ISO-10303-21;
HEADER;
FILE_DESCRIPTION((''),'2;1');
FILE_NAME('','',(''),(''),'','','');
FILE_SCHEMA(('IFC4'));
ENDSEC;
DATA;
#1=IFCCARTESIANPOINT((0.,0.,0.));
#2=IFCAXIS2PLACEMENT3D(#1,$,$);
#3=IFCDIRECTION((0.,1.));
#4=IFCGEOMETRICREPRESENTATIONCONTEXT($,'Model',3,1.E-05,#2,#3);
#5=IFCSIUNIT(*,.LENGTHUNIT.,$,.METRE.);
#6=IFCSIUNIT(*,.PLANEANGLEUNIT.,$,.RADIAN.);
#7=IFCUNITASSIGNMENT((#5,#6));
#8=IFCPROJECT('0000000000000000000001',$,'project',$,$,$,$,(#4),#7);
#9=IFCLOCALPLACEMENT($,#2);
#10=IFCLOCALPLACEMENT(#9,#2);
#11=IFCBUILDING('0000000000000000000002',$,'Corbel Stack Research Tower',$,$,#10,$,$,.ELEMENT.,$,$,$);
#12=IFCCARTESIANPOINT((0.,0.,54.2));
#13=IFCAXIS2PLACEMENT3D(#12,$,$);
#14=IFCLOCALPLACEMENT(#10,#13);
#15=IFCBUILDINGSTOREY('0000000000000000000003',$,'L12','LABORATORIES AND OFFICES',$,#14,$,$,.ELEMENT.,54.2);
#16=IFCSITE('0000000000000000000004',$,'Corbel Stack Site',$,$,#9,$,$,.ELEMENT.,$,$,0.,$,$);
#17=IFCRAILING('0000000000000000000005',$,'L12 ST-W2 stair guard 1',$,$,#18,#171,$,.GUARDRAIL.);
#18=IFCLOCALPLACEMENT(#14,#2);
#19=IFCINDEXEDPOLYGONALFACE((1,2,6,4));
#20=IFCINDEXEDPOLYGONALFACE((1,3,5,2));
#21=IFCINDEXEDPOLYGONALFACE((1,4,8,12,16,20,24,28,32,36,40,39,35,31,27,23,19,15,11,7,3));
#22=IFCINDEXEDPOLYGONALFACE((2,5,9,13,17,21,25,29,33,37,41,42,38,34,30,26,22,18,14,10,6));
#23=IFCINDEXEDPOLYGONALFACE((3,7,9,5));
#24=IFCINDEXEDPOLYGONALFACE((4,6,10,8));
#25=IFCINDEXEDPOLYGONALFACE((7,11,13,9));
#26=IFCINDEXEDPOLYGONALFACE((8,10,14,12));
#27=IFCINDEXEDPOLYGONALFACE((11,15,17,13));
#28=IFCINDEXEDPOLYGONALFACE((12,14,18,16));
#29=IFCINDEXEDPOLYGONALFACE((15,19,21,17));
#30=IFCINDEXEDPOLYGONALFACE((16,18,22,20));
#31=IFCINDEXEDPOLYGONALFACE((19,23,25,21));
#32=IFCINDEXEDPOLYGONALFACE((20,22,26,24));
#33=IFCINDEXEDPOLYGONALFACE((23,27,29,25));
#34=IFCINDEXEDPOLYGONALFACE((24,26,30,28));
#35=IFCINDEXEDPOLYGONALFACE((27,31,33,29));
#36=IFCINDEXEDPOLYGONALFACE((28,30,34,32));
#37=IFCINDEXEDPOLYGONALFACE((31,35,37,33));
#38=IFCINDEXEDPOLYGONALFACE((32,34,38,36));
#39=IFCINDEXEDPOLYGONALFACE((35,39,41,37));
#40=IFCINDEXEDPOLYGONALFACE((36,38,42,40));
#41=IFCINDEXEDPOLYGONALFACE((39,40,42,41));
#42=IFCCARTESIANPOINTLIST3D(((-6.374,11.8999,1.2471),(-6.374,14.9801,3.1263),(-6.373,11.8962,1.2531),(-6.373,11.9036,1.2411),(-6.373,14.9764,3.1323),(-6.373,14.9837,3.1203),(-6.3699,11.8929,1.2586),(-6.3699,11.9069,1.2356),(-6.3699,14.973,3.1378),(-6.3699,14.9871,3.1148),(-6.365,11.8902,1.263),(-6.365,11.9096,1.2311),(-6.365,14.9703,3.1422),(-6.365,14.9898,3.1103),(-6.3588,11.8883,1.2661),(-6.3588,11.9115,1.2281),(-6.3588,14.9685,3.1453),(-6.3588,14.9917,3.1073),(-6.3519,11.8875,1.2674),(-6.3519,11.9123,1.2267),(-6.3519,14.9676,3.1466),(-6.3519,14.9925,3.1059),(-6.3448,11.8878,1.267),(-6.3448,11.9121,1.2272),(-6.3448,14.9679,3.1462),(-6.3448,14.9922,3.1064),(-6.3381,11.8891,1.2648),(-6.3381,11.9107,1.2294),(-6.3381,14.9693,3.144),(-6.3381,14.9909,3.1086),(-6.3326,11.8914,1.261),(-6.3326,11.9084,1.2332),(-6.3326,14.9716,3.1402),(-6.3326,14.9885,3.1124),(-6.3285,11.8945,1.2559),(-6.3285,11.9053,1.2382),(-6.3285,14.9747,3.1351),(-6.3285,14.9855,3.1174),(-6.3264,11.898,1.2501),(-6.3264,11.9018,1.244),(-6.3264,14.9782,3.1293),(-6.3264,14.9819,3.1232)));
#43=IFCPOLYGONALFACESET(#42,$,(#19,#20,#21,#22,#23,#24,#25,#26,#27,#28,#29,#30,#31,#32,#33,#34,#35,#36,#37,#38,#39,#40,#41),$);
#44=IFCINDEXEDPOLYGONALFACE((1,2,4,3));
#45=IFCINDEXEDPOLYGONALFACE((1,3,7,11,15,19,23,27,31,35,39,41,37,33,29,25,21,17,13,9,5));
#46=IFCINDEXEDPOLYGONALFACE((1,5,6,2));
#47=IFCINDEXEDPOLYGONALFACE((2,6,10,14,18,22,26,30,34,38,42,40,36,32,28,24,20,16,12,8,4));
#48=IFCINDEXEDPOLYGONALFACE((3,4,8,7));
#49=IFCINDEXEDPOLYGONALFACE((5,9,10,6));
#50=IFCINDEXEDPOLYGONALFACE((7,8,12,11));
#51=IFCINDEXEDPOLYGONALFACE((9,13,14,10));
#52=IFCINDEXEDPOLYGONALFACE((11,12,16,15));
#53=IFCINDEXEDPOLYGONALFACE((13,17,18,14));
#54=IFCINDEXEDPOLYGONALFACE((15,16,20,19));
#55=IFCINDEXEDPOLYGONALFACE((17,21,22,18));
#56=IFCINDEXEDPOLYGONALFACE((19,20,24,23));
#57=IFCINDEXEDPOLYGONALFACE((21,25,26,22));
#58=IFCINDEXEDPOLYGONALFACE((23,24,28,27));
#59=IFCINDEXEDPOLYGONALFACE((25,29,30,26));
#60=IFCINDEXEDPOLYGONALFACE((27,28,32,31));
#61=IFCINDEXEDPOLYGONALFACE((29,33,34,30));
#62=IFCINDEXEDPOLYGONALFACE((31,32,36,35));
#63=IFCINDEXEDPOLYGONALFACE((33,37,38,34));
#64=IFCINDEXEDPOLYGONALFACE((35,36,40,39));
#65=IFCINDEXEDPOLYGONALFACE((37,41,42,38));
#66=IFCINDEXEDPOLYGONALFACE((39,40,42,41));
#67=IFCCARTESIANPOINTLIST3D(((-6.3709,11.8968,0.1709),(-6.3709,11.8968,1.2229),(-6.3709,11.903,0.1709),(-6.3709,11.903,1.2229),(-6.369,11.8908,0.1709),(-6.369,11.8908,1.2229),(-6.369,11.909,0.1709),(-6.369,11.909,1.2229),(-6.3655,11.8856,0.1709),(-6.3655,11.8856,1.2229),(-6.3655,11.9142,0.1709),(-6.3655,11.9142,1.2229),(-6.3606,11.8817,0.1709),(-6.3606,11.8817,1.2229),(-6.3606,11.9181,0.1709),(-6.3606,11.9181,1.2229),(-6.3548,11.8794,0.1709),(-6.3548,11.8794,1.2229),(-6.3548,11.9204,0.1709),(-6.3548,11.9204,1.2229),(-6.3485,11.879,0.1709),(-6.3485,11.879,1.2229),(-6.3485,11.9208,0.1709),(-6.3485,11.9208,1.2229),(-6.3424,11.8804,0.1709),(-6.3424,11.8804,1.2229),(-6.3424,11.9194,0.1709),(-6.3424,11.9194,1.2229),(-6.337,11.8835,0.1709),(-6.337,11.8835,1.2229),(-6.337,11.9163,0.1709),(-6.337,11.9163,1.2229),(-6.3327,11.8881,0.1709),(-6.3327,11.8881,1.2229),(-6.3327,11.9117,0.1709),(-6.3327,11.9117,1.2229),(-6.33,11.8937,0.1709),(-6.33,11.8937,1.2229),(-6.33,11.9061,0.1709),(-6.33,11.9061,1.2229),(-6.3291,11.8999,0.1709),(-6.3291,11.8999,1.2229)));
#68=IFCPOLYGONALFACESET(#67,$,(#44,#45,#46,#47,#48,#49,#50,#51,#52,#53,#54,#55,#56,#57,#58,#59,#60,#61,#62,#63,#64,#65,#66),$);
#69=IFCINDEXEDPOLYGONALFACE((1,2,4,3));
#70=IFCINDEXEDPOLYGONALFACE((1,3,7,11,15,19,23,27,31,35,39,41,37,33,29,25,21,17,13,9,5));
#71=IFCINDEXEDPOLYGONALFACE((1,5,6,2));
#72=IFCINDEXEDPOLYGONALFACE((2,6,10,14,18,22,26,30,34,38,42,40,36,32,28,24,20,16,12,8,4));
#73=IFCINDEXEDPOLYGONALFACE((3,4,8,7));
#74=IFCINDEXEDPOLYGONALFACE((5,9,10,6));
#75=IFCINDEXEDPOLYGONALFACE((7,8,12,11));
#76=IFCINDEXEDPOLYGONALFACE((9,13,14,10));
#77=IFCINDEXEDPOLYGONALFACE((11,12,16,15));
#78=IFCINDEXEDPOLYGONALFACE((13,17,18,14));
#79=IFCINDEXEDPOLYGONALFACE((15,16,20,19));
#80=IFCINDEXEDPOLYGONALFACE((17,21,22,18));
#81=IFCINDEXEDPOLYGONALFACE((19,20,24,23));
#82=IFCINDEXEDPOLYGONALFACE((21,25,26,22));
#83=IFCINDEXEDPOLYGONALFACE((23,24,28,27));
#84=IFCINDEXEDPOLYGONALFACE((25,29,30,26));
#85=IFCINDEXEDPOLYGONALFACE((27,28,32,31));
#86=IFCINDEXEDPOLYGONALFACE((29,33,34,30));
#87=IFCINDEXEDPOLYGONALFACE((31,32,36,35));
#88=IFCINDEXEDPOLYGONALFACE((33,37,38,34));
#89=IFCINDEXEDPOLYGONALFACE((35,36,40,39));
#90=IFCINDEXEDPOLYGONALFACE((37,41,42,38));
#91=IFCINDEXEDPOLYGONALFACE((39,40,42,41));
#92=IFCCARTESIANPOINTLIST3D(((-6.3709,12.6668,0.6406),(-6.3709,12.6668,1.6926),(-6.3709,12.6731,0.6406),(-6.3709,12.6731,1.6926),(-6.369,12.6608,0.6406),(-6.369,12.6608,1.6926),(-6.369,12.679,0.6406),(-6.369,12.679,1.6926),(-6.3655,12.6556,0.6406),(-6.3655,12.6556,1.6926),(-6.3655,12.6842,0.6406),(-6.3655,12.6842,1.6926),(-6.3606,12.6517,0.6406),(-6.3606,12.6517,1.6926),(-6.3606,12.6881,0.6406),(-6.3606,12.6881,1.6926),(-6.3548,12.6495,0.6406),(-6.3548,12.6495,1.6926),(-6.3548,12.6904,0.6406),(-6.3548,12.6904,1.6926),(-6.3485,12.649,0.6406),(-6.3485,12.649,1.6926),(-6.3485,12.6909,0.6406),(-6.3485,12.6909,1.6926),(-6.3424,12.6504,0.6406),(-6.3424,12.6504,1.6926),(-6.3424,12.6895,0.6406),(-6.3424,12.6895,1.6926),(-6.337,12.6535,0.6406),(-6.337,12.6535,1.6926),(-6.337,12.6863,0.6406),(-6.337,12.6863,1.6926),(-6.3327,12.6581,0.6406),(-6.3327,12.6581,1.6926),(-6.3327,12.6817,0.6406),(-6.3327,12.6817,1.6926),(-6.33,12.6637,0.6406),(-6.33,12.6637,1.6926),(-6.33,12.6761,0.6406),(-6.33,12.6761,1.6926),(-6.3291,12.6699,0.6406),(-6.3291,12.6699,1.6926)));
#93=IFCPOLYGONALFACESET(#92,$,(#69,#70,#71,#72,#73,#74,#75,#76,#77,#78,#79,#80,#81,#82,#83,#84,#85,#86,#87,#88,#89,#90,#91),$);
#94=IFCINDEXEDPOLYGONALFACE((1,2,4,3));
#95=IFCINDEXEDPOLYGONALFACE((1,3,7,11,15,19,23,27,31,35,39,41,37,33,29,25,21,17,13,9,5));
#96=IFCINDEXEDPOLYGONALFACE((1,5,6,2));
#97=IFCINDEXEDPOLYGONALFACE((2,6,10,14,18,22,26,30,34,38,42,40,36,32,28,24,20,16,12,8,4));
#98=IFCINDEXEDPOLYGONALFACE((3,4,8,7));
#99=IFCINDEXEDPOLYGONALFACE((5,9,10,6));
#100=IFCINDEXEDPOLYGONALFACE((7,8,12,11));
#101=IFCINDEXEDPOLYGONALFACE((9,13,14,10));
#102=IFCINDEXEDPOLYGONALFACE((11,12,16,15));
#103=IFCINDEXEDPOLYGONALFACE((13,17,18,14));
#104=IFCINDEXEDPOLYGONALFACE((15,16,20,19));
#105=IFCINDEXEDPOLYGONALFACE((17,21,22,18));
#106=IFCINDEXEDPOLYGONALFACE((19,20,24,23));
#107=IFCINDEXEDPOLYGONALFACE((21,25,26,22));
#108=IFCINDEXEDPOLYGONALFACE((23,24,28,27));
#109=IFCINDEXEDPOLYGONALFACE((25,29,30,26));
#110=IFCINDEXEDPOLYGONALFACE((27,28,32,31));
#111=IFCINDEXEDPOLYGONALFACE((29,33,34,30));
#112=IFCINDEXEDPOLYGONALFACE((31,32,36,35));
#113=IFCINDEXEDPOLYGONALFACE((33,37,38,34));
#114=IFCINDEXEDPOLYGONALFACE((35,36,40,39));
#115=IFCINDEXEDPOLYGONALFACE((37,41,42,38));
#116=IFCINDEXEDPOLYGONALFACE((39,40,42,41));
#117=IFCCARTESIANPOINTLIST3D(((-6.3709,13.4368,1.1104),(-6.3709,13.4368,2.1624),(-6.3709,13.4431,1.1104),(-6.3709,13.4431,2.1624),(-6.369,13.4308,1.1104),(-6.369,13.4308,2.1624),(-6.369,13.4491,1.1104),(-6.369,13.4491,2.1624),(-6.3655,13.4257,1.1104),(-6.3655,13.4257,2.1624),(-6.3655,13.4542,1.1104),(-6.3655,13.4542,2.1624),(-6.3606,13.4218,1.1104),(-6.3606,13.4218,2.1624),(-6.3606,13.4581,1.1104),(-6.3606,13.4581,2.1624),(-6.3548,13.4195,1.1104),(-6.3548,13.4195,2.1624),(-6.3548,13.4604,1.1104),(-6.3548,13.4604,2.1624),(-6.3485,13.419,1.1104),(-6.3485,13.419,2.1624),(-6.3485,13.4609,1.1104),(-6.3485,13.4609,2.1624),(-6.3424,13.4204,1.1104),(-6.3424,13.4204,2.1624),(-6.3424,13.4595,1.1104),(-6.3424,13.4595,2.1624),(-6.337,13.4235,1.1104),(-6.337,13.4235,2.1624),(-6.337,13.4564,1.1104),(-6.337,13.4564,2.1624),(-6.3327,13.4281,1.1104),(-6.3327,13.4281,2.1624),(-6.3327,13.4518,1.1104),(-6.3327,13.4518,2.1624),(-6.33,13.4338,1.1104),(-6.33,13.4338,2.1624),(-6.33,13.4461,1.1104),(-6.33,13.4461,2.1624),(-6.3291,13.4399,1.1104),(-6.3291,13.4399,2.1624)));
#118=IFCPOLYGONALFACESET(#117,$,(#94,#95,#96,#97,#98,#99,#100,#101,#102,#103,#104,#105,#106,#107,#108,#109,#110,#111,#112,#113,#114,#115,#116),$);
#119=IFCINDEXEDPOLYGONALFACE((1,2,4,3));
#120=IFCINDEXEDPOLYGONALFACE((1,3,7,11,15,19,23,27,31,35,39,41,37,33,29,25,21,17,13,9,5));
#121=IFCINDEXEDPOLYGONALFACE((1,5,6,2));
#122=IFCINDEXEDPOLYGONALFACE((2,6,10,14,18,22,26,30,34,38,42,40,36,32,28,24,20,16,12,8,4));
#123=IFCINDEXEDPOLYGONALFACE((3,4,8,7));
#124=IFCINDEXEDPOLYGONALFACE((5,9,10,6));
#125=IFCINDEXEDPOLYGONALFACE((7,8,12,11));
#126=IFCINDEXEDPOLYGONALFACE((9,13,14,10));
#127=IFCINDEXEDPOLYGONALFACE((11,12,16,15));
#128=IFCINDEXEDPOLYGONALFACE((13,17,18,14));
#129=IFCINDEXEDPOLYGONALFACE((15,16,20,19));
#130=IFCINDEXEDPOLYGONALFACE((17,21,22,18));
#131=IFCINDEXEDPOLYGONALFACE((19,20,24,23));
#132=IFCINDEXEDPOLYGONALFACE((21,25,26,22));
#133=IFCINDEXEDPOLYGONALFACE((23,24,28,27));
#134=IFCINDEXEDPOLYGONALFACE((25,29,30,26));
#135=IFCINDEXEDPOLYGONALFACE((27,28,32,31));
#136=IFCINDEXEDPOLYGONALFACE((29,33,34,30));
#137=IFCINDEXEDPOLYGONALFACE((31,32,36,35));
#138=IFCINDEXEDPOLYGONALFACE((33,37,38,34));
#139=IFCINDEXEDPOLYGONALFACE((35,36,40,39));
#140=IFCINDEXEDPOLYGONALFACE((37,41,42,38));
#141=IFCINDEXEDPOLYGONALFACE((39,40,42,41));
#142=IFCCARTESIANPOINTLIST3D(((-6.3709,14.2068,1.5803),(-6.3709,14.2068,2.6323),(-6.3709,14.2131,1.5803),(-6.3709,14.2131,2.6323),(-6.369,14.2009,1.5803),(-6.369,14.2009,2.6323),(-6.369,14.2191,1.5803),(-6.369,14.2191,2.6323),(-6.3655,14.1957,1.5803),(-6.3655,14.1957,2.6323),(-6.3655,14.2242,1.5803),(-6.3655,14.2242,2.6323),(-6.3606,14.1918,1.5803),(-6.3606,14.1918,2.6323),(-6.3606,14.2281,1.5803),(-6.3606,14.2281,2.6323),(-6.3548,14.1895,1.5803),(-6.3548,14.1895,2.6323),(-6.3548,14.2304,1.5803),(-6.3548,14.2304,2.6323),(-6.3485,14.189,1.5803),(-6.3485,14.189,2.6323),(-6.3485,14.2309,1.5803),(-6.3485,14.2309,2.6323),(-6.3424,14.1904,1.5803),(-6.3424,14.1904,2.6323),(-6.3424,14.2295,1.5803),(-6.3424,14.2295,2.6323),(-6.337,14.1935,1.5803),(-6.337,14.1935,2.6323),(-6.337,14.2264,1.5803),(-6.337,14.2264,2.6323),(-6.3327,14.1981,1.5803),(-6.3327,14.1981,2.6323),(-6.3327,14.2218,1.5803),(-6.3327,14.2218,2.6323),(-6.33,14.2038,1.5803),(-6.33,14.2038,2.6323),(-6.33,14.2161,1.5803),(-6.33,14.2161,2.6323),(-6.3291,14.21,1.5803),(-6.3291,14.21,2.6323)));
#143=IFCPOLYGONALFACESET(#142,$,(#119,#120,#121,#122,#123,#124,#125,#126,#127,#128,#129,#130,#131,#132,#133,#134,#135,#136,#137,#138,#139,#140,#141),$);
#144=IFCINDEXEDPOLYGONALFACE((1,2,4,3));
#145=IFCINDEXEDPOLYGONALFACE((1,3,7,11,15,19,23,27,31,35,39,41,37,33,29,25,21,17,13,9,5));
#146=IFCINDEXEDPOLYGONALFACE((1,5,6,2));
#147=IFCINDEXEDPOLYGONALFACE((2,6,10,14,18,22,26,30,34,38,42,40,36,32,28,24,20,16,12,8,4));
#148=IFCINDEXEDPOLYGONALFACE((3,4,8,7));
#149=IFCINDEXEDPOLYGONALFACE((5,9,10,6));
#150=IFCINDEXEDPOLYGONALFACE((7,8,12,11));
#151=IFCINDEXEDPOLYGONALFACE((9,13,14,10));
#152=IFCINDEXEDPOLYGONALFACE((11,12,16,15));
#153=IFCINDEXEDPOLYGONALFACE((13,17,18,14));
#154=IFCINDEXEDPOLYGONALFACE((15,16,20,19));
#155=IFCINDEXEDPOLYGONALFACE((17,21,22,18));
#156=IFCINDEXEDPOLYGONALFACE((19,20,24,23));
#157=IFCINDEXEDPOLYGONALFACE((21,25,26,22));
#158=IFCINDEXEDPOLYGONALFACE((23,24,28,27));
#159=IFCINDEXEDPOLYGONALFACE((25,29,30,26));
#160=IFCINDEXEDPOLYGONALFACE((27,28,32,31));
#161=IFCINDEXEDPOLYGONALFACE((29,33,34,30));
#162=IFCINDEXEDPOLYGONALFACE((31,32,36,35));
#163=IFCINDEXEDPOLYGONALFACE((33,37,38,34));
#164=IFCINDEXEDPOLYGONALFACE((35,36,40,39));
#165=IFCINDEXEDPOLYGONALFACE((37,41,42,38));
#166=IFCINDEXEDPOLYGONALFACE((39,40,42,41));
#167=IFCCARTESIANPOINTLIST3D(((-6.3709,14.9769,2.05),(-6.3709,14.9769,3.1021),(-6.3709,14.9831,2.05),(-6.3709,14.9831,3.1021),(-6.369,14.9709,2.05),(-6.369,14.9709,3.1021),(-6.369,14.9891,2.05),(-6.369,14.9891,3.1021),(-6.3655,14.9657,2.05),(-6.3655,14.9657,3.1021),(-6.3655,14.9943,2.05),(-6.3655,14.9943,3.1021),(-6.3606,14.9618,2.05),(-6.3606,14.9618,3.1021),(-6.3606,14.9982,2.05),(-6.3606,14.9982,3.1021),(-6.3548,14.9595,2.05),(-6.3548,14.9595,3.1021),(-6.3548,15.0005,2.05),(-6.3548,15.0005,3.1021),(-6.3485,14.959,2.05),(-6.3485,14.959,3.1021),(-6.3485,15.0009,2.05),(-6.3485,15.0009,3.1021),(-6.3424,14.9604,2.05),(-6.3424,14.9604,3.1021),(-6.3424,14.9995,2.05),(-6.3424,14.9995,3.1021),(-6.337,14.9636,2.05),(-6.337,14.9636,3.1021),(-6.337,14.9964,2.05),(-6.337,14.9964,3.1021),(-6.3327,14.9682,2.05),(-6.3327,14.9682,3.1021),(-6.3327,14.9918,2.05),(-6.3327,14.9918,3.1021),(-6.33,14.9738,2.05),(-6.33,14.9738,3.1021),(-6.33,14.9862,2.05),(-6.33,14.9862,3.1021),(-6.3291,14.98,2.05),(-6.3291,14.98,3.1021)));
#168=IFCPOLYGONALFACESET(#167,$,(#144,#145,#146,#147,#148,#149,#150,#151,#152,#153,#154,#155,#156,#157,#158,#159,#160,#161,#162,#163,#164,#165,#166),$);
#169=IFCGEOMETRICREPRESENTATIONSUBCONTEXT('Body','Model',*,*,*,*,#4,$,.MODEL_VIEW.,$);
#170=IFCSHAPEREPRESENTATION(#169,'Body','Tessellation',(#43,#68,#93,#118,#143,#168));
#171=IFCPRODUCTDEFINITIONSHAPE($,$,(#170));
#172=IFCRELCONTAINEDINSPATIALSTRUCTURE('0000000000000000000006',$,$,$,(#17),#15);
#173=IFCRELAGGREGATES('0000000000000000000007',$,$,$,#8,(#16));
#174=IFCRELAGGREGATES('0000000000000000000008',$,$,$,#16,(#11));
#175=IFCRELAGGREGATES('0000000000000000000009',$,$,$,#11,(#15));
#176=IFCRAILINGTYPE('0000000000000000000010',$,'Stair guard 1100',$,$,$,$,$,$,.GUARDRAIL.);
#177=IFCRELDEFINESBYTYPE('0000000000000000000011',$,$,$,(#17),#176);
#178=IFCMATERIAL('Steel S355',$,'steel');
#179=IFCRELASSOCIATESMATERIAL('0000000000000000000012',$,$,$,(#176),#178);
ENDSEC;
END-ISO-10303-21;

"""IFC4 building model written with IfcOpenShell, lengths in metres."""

from ifc_helpers import new_model, si_unit, direction, frame, origin, origin_2d, place, context, subcontext, project, spatial, circle, extrude, material, type_object, element, save


model = new_model("IFC4")

# Units and contexts
model_context = context("Model", 3, precision=1e-05, world=origin(), true_north=direction((0.0, 1.0)))
body_context = subcontext(model_context, "Body", "Model", "MODEL_VIEW")
ifc_project = project(units=[si_unit("LENGTHUNIT", "METRE"), si_unit("PLANEANGLEUNIT", "RADIAN")], contexts=[model_context])

# Site, building, storey
site_placement = place(None, origin())
site = spatial("IfcSite", under=ifc_project, at=site_placement, Name="Corbel Stack Site", CompositionType="ELEMENT", RefElevation=0.0)
building_placement = place(site_placement, origin())
building = spatial("IfcBuilding", under=site, at=building_placement, Name="Corbel Stack Research Tower", CompositionType="ELEMENT")
storey_placement = place(building_placement, frame((0.0, 0.0, 54.2)))
storey = spatial("IfcBuildingStorey", under=building, at=storey_placement, Name="L12", Description="LABORATORIES AND OFFICES", CompositionType="ELEMENT", Elevation=54.2)

# Railing
ifc_material_1 = material(Name="Steel S355", Category="steel")
railing_type_1 = type_object("IfcRailingType", Name="Stair guard 1100", PredefinedType="GUARDRAIL", material=ifc_material_1)
railing_1_placement = place(storey_placement, frame((-6.3501, 11.8999, 0.1709)))
element("IfcRailing", 1, at=railing_1_placement, inside=storey, type_object=railing_type_1, Name="L12 ST-W2 stair guard 1", PredefinedType="GUARDRAIL", context=body_context, shape_type="SweptSolid", body=[
    extrude(circle(Radius=0.0239, at=origin_2d()), frame((0.0, 0.0, 1.0762), z_axis=(0.0, 0.853666, 0.52082), x_axis=(-1.0, 0.0, 0.0)), (0.0, 0.0, 1.0), 3.6082),
    extrude(circle(Radius=0.021, at=origin_2d()), origin(), (0.0, 0.0, 1.0), 1.052),
    extrude(circle(Radius=0.021, at=origin_2d()), frame((0.0, 0.77, 0.4697)), (0.0, 0.0, 1.0), 1.052),
    extrude(circle(Radius=0.021, at=origin_2d()), frame((0.0, 1.54, 0.9395)), (0.0, 0.0, 1.0), 1.052),
    extrude(circle(Radius=0.021, at=origin_2d()), frame((0.0, 2.3101, 1.4094)), (0.0, 0.0, 1.0), 1.052),
    extrude(circle(Radius=0.021, at=origin_2d()), frame((0.0, 3.0801, 1.8792)), (0.0, 0.0, 1.0), 1.052),
])

save(model, "model.ifc")
